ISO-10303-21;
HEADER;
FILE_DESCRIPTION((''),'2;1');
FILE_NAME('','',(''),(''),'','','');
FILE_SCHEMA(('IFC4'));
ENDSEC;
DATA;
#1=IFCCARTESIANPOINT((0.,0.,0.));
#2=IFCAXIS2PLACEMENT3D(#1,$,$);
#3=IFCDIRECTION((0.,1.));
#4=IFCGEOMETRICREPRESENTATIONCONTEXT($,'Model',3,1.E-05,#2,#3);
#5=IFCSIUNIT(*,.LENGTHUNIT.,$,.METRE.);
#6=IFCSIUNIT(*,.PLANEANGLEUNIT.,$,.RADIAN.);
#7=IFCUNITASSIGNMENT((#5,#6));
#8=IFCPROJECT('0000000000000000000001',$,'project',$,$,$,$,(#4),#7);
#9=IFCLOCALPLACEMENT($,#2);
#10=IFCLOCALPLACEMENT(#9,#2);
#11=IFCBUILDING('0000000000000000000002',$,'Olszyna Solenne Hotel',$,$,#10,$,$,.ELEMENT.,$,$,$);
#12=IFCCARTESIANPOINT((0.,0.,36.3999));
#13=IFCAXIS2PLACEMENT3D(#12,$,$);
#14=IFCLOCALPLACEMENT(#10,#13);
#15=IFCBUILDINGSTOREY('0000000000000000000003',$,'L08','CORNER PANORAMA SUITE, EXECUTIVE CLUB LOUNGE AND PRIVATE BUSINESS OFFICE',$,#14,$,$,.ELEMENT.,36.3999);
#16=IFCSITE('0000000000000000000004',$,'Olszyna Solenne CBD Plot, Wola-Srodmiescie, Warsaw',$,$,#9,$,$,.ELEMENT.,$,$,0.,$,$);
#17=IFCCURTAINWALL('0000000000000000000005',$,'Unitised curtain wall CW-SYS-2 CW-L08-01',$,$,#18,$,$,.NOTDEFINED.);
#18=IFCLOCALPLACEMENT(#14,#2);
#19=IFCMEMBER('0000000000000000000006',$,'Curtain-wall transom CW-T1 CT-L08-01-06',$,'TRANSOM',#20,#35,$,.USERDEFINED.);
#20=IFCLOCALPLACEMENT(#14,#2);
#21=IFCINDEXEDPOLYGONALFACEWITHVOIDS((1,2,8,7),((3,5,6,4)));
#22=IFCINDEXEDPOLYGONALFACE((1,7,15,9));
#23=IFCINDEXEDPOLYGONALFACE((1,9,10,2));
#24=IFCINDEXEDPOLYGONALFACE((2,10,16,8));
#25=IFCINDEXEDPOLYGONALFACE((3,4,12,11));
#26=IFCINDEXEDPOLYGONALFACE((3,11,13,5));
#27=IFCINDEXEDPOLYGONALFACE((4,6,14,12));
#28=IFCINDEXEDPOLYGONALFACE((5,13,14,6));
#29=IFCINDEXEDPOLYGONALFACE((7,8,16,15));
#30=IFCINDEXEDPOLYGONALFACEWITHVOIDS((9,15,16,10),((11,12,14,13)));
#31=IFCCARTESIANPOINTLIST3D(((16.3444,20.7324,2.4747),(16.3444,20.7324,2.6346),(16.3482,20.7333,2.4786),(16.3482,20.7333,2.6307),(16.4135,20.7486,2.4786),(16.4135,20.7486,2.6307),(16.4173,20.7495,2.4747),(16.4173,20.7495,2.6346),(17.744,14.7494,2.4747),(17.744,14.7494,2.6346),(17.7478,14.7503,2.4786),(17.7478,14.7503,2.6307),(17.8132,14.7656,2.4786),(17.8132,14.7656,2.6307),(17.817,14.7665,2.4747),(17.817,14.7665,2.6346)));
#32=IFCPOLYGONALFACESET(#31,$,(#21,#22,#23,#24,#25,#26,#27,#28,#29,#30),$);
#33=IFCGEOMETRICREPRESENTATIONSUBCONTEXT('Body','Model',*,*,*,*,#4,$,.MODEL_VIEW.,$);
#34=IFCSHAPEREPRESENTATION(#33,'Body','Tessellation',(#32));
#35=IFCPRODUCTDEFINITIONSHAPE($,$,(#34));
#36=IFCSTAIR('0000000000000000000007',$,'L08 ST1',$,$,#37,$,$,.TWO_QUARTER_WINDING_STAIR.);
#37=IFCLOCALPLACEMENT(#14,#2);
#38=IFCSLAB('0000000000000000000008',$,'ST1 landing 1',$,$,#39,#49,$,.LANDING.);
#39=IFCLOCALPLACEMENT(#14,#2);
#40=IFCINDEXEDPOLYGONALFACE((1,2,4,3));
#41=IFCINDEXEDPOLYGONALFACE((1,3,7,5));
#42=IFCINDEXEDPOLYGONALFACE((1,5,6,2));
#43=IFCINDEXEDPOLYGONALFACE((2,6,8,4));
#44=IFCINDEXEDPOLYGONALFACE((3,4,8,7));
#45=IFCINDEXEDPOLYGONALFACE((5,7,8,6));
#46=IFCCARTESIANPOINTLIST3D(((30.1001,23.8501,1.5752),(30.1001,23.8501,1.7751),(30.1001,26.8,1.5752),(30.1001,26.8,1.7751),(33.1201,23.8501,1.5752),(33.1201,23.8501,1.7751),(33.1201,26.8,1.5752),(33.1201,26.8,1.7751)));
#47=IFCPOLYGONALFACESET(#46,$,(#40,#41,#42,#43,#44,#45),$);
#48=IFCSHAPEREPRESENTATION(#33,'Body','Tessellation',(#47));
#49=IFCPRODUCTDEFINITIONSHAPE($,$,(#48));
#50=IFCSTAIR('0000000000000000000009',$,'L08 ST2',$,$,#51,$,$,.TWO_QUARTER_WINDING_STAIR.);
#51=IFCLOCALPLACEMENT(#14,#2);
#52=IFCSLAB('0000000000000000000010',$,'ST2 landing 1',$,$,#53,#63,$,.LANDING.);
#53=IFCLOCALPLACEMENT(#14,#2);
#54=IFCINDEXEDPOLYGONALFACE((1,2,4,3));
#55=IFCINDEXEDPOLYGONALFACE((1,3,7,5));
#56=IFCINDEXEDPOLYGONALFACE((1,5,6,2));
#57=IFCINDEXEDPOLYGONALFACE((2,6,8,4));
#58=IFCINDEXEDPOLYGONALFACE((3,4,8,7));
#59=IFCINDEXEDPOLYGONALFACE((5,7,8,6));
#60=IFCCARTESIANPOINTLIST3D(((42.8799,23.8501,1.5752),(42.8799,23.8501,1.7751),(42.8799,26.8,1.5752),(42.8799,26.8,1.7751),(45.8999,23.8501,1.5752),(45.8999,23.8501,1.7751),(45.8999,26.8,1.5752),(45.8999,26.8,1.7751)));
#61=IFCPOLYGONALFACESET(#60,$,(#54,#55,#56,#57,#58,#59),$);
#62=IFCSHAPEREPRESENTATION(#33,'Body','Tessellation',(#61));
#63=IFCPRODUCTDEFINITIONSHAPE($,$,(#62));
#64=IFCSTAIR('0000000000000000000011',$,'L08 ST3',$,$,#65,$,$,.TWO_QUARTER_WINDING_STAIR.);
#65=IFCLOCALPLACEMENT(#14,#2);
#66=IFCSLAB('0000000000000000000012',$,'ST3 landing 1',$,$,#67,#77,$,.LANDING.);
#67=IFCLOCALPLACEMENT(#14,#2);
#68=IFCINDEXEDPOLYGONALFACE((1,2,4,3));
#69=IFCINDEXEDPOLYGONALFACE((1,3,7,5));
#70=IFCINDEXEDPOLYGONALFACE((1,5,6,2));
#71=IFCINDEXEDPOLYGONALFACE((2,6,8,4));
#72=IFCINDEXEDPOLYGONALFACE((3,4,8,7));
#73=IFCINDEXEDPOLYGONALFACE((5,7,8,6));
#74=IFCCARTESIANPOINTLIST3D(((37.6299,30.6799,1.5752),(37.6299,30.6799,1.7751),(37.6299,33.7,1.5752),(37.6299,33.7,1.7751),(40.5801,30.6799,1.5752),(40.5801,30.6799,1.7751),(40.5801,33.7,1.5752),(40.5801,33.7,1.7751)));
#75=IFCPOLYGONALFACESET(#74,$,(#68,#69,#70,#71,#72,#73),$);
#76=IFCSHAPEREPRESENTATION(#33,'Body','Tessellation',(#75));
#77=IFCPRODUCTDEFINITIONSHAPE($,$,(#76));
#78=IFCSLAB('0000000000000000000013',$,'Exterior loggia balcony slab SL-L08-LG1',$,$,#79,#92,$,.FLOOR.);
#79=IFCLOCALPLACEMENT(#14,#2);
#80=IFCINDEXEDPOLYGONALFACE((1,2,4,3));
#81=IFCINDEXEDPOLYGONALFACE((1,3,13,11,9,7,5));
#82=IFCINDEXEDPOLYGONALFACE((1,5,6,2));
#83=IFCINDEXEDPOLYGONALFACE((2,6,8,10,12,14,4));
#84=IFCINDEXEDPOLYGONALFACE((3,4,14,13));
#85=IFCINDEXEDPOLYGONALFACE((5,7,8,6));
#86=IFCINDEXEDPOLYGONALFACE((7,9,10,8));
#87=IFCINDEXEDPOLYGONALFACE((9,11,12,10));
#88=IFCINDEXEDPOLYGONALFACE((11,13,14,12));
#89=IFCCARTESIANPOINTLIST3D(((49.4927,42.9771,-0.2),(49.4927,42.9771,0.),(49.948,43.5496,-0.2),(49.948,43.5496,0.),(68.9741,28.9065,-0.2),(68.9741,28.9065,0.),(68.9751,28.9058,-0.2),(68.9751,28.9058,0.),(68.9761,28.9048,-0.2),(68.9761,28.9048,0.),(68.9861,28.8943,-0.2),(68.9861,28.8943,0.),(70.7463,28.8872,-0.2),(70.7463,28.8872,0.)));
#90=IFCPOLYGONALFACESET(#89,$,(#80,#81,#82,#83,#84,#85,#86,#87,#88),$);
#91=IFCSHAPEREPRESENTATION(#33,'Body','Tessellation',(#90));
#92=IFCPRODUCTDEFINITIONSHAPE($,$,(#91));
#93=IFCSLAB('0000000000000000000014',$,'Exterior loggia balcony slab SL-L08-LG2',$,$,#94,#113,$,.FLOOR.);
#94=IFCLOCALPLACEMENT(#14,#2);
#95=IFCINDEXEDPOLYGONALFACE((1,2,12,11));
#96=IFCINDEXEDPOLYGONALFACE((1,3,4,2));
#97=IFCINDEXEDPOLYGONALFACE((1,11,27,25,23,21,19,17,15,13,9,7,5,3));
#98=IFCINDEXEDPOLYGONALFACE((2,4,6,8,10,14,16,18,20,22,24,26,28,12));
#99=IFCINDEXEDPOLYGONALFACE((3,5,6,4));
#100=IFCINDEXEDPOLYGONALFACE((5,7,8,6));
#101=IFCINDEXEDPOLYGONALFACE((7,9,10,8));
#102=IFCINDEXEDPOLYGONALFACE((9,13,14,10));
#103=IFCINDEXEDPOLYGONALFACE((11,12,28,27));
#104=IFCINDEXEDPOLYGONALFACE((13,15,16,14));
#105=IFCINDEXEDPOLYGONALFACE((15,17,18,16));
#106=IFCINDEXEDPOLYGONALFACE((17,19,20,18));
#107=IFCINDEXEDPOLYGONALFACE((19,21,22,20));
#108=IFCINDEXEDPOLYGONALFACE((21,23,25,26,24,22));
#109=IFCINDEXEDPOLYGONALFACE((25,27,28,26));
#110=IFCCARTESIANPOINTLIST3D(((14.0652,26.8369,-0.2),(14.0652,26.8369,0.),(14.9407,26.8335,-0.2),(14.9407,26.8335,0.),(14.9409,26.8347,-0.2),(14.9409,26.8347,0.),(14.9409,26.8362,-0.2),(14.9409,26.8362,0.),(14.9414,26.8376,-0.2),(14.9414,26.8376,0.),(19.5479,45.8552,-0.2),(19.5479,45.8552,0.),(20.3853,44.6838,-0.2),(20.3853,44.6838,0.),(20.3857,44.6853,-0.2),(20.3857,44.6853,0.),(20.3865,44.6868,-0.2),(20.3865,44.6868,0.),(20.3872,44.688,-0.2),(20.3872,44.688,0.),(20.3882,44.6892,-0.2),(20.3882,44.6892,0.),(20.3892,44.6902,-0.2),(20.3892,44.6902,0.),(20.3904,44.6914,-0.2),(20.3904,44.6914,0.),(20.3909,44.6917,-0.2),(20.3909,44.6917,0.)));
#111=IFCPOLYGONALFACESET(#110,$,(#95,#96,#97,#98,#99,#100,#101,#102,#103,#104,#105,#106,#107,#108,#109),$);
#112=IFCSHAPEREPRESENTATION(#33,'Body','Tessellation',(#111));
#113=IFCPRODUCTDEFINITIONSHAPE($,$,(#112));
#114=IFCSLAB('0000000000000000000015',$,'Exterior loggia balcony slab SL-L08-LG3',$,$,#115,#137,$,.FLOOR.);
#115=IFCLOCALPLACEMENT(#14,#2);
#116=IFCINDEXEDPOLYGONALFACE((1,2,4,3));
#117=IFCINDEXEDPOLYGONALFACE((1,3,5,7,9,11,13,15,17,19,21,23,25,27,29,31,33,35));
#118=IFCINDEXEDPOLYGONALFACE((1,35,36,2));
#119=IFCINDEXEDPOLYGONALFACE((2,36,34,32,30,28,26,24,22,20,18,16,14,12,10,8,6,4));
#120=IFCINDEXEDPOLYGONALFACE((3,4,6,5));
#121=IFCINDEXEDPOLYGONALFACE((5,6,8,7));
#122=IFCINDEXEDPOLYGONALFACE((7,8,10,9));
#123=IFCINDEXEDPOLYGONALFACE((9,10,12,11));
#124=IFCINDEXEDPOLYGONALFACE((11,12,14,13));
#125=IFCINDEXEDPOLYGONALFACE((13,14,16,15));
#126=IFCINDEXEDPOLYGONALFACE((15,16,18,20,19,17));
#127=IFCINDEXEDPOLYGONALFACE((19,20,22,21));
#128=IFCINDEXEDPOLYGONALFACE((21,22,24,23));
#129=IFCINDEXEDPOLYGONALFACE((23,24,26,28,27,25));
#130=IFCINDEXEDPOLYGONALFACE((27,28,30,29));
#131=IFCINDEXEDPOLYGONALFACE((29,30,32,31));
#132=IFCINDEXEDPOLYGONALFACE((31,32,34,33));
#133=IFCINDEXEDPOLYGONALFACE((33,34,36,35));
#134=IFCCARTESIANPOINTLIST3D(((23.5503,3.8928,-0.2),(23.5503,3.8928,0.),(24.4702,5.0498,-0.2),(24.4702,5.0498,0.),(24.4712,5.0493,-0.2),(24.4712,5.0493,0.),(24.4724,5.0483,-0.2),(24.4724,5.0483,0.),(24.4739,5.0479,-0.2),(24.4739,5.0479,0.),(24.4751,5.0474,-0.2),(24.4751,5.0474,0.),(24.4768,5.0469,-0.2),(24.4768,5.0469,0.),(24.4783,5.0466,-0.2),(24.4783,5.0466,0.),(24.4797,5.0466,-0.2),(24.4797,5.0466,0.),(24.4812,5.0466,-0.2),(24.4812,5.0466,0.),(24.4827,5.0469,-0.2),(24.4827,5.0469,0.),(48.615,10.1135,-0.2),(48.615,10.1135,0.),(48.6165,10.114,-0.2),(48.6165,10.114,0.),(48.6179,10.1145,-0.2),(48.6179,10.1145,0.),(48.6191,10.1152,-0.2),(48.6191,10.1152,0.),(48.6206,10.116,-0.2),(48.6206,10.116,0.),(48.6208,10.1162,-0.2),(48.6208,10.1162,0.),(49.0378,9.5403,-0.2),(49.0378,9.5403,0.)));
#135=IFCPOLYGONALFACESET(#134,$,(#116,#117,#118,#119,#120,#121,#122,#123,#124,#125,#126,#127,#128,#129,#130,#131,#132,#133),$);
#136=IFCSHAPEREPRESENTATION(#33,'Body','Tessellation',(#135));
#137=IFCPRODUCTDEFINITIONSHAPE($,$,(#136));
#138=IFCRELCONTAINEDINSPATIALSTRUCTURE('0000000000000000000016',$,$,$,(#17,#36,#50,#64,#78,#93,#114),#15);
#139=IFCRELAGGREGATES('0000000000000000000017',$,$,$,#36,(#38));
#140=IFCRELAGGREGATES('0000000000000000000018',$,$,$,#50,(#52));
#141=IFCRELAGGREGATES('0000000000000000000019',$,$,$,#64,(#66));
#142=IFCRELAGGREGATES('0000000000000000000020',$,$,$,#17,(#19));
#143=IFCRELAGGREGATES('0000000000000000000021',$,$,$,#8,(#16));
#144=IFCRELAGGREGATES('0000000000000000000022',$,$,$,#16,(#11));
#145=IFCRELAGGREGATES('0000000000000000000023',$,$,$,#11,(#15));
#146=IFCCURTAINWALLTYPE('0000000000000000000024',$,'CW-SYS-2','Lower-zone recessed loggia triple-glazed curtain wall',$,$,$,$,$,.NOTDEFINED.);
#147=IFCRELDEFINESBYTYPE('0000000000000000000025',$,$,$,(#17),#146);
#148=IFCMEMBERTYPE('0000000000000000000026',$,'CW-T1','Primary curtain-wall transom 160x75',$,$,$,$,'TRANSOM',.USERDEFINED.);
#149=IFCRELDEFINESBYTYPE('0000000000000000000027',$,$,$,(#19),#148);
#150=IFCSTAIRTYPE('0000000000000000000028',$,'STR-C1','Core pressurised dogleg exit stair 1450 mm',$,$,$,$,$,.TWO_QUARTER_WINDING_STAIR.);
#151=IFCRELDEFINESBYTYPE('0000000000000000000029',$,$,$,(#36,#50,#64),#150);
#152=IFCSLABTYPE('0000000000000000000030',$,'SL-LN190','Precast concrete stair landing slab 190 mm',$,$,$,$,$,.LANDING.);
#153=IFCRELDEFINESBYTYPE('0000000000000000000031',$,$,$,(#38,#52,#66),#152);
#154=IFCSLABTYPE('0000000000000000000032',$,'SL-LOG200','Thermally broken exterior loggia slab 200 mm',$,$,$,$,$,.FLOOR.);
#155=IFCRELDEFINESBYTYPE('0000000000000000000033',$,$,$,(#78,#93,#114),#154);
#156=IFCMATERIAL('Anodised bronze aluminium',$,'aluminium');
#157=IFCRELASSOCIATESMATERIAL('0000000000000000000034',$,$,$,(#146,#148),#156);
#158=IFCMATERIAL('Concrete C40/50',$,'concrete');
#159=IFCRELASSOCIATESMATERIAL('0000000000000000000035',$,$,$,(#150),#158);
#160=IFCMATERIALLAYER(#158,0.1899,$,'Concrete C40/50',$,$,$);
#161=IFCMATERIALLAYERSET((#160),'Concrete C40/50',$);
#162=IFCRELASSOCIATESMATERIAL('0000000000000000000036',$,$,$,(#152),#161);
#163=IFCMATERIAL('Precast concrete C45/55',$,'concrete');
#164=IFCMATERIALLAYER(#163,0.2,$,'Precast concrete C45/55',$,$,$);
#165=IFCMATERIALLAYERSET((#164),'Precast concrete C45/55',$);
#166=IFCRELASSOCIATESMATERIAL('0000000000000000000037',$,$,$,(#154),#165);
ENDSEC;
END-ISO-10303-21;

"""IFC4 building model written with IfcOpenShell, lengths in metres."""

from ifc_helpers import new_model, si_unit, direction, frame, origin, origin_2d, place, context, subcontext, project, spatial, polyline, hollow_rectangle, outline, extrude, source, transform, mapped, material, layer, layer_set, material_profile, profile_set, type_object, element, aggregate, save


model = new_model("IFC4")

# Units and contexts
model_context = context("Model", 3, precision=1e-05, world=origin(), true_north=direction((0.0, 1.0)))
body_context = subcontext(model_context, "Body", "Model", "MODEL_VIEW")
ifc_project = project(units=[si_unit("LENGTHUNIT", "METRE"), si_unit("PLANEANGLEUNIT", "RADIAN")], contexts=[model_context])

# Site, building, storey
site_placement = place(None, origin())
site = spatial("IfcSite", under=ifc_project, at=site_placement, Name="Olszyna Solenne CBD Plot, Wola-Srodmiescie, Warsaw", CompositionType="ELEMENT", RefElevation=0.0)
building_placement = place(site_placement, origin())
building = spatial("IfcBuilding", under=site, at=building_placement, Name="Olszyna Solenne Hotel", CompositionType="ELEMENT")
storey_placement = place(building_placement, frame((0.0, 0.0, 36.3999)))
storey = spatial("IfcBuildingStorey", under=building, at=storey_placement, Name="L08", Description="CORNER PANORAMA SUITE, EXECUTIVE CLUB LOUNGE AND PRIVATE BUSINESS OFFICE", CompositionType="ELEMENT", Elevation=36.3999)

# Curtain wall, member
ifc_material_1 = material(Name="Anodised bronze aluminium", Category="aluminium")
curtain_wall_type = type_object("IfcCurtainWallType", Name="CW-SYS-2", Description="Lower-zone recessed loggia triple-glazed curtain wall", PredefinedType="NOTDEFINED", material=ifc_material_1)
curtain_wall_placement = place(storey_placement, origin())
curtain_wall = element("IfcCurtainWall", 1, at=curtain_wall_placement, inside=storey, type_object=curtain_wall_type, Name="Unitised curtain wall CW-SYS-2 CW-L08-01", PredefinedType="NOTDEFINED")
ifc_material_profile_1 = material_profile(ifc_material_1, hollow_rectangle(XDim=0.075, YDim=0.1599, WallThickness=0.0039, at=origin_2d()), Name="TRAN 160x75x4", Category="load-bearing")
ifc_profile_set_1 = profile_set([ifc_material_profile_1], Name="Anodised bronze aluminium")
member_type_1 = type_object("IfcMemberType", Name="CW-T1", Description="Primary curtain-wall transom 160x75", ElementType="TRANSOM", PredefinedType="USERDEFINED", material=ifc_profile_set_1)
shared_shape_1 = source(origin(), body_context, "Body", "SweptSolid", [
    extrude(hollow_rectangle(XDim=0.075, YDim=0.1599, WallThickness=0.0039, at=origin_2d()), origin(), (0.0, 0.0, 1.0), 6.1445),
])
member_1_placement = place(storey_placement, frame((16.3809, 20.741, 2.5547), z_axis=(0.227792, -0.97371, 0.0), x_axis=(0.97371, 0.227792, 0.0)))
member_1 = element("IfcMember", 2, at=member_1_placement, type_object=member_type_1, Name="Curtain-wall transom CW-T1 CT-L08-01-06", ObjectType="TRANSOM", PredefinedType="USERDEFINED", context=body_context, shape_type="MappedRepresentation", body=[
    mapped(shared_shape_1, transform((0.0, 0.0, 0.0), x_axis=(1.0, 0.0, 0.0), y_axis=(0.0, 1.0, 0.0), z_axis=(0.0, 0.0, 1.0), scale=1.0)),
])

# Stairs, slabs
ifc_material_2 = material(Name="Concrete C40/50", Category="concrete")
stair_type = type_object("IfcStairType", Name="STR-C1", Description="Core pressurised dogleg exit stair 1450 mm", PredefinedType="TWO_QUARTER_WINDING_STAIR", material=ifc_material_2)
stair_1_placement = place(storey_placement, origin())
stair_1 = element("IfcStair", 3, at=stair_1_placement, inside=storey, type_object=stair_type, Name="L08 ST1", PredefinedType="TWO_QUARTER_WINDING_STAIR")
ifc_layer_1 = layer(ifc_material_2, 0.1899, Name="Concrete C40/50")
ifc_layer_set_1 = layer_set([ifc_layer_1], Name="Concrete C40/50")
slab_type_1 = type_object("IfcSlabType", Name="SL-LN190", Description="Precast concrete stair landing slab 190 mm", PredefinedType="LANDING", material=ifc_layer_set_1)
slab_1_placement = place(storey_placement, frame((0.0, 0.0, 1.5752)))
slab_1 = element("IfcSlab", 4, at=slab_1_placement, type_object=slab_type_1, Name="ST1 landing 1", PredefinedType="LANDING", context=body_context, shape_type="SweptSolid", body=[
    extrude(outline(polyline([(33.1201, 23.8501), (33.1201, 26.8), (30.1001, 26.8), (30.1001, 23.8501), (33.1201, 23.8501)])), origin(), (0.0, 0.0, 1.0), 0.2),
])
aggregate(stair_1, [slab_1])
stair_2_placement = place(storey_placement, origin())
stair_2 = element("IfcStair", 5, at=stair_2_placement, inside=storey, type_object=stair_type, Name="L08 ST2", PredefinedType="TWO_QUARTER_WINDING_STAIR")
slab_2_placement = place(storey_placement, frame((0.0, 0.0, 1.5752)))
slab_2 = element("IfcSlab", 6, at=slab_2_placement, type_object=slab_type_1, Name="ST2 landing 1", PredefinedType="LANDING", context=body_context, shape_type="SweptSolid", body=[
    extrude(outline(polyline([(45.8999, 23.8501), (45.8999, 26.8), (42.8799, 26.8), (42.8799, 23.8501), (45.8999, 23.8501)])), origin(), (0.0, 0.0, 1.0), 0.2),
])
aggregate(stair_2, [slab_2])
stair_3_placement = place(storey_placement, origin())
stair_3 = element("IfcStair", 7, at=stair_3_placement, inside=storey, type_object=stair_type, Name="L08 ST3", PredefinedType="TWO_QUARTER_WINDING_STAIR")
slab_3_placement = place(storey_placement, frame((0.0, 0.0, 1.5752)))
slab_3 = element("IfcSlab", 8, at=slab_3_placement, type_object=slab_type_1, Name="ST3 landing 1", PredefinedType="LANDING", context=body_context, shape_type="SweptSolid", body=[
    extrude(outline(polyline([(37.6299, 30.6799), (40.5801, 30.6799), (40.5801, 33.7), (37.6299, 33.7), (37.6299, 30.6799)])), origin(), (0.0, 0.0, 1.0), 0.2),
])
aggregate(stair_3, [slab_3])

# Slabs
ifc_material_3 = material(Name="Precast concrete C45/55", Category="concrete")
ifc_layer_2 = layer(ifc_material_3, 0.2, Name="Precast concrete C45/55")
ifc_layer_set_2 = layer_set([ifc_layer_2], Name="Precast concrete C45/55")
slab_type_2 = type_object("IfcSlabType", Name="SL-LOG200", Description="Thermally broken exterior loggia slab 200 mm", PredefinedType="FLOOR", material=ifc_layer_set_2)
slab_4_placement = place(storey_placement, frame((0.0, 0.0, -0.2)))
element("IfcSlab", 9, at=slab_4_placement, inside=storey, type_object=slab_type_2, Name="Exterior loggia balcony slab SL-L08-LG1", PredefinedType="FLOOR", context=body_context, shape_type="SweptSolid", body=[
    extrude(outline(polyline([(49.4927, 42.9771), (68.9741, 28.9065), (68.9751, 28.9058), (68.9761, 28.9048), (68.9861, 28.8943), (70.7463, 28.8872), (49.948, 43.5496), (49.4927, 42.9771)])), origin(), (0.0, 0.0, 1.0), 0.2),
])
slab_5_placement = place(storey_placement, frame((0.0, 0.0, -0.2)))
element("IfcSlab", 10, at=slab_5_placement, inside=storey, type_object=slab_type_2, Name="Exterior loggia balcony slab SL-L08-LG2", PredefinedType="FLOOR", context=body_context, shape_type="SweptSolid", body=[
    extrude(outline(polyline([(14.9407, 26.8335), (14.9409, 26.8347), (14.9409, 26.8362), (14.9414, 26.8376), (20.3853, 44.6838), (20.3857, 44.6853), (20.3865, 44.6868), (20.3872, 44.688), (20.3882, 44.6892), (20.3892, 44.6902), (20.3904, 44.6914), (20.3909, 44.6917), (19.5479, 45.8552), (14.0652, 26.8369), (14.9407, 26.8335)])), origin(), (0.0, 0.0, 1.0), 0.2),
])
slab_6_placement = place(storey_placement, frame((0.0, 0.0, -0.2)))
element("IfcSlab", 11, at=slab_6_placement, inside=storey, type_object=slab_type_2, Name="Exterior loggia balcony slab SL-L08-LG3", PredefinedType="FLOOR", context=body_context, shape_type="SweptSolid", body=[
    extrude(outline(polyline([(48.6208, 10.1162), (48.6206, 10.116), (48.6191, 10.1152), (48.6179, 10.1145), (48.6165, 10.114), (48.615, 10.1135), (24.4827, 5.0469), (24.4812, 5.0466), (24.4797, 5.0466), (24.4783, 5.0466), (24.4768, 5.0469), (24.4751, 5.0474), (24.4739, 5.0479), (24.4724, 5.0483), (24.4712, 5.0493), (24.4702, 5.0498), (23.5503, 3.8928), (49.0378, 9.5403), (48.6208, 10.1162)])), origin(), (0.0, 0.0, 1.0), 0.2),
])

aggregate(curtain_wall, [member_1])

save(model, "model.ifc")
